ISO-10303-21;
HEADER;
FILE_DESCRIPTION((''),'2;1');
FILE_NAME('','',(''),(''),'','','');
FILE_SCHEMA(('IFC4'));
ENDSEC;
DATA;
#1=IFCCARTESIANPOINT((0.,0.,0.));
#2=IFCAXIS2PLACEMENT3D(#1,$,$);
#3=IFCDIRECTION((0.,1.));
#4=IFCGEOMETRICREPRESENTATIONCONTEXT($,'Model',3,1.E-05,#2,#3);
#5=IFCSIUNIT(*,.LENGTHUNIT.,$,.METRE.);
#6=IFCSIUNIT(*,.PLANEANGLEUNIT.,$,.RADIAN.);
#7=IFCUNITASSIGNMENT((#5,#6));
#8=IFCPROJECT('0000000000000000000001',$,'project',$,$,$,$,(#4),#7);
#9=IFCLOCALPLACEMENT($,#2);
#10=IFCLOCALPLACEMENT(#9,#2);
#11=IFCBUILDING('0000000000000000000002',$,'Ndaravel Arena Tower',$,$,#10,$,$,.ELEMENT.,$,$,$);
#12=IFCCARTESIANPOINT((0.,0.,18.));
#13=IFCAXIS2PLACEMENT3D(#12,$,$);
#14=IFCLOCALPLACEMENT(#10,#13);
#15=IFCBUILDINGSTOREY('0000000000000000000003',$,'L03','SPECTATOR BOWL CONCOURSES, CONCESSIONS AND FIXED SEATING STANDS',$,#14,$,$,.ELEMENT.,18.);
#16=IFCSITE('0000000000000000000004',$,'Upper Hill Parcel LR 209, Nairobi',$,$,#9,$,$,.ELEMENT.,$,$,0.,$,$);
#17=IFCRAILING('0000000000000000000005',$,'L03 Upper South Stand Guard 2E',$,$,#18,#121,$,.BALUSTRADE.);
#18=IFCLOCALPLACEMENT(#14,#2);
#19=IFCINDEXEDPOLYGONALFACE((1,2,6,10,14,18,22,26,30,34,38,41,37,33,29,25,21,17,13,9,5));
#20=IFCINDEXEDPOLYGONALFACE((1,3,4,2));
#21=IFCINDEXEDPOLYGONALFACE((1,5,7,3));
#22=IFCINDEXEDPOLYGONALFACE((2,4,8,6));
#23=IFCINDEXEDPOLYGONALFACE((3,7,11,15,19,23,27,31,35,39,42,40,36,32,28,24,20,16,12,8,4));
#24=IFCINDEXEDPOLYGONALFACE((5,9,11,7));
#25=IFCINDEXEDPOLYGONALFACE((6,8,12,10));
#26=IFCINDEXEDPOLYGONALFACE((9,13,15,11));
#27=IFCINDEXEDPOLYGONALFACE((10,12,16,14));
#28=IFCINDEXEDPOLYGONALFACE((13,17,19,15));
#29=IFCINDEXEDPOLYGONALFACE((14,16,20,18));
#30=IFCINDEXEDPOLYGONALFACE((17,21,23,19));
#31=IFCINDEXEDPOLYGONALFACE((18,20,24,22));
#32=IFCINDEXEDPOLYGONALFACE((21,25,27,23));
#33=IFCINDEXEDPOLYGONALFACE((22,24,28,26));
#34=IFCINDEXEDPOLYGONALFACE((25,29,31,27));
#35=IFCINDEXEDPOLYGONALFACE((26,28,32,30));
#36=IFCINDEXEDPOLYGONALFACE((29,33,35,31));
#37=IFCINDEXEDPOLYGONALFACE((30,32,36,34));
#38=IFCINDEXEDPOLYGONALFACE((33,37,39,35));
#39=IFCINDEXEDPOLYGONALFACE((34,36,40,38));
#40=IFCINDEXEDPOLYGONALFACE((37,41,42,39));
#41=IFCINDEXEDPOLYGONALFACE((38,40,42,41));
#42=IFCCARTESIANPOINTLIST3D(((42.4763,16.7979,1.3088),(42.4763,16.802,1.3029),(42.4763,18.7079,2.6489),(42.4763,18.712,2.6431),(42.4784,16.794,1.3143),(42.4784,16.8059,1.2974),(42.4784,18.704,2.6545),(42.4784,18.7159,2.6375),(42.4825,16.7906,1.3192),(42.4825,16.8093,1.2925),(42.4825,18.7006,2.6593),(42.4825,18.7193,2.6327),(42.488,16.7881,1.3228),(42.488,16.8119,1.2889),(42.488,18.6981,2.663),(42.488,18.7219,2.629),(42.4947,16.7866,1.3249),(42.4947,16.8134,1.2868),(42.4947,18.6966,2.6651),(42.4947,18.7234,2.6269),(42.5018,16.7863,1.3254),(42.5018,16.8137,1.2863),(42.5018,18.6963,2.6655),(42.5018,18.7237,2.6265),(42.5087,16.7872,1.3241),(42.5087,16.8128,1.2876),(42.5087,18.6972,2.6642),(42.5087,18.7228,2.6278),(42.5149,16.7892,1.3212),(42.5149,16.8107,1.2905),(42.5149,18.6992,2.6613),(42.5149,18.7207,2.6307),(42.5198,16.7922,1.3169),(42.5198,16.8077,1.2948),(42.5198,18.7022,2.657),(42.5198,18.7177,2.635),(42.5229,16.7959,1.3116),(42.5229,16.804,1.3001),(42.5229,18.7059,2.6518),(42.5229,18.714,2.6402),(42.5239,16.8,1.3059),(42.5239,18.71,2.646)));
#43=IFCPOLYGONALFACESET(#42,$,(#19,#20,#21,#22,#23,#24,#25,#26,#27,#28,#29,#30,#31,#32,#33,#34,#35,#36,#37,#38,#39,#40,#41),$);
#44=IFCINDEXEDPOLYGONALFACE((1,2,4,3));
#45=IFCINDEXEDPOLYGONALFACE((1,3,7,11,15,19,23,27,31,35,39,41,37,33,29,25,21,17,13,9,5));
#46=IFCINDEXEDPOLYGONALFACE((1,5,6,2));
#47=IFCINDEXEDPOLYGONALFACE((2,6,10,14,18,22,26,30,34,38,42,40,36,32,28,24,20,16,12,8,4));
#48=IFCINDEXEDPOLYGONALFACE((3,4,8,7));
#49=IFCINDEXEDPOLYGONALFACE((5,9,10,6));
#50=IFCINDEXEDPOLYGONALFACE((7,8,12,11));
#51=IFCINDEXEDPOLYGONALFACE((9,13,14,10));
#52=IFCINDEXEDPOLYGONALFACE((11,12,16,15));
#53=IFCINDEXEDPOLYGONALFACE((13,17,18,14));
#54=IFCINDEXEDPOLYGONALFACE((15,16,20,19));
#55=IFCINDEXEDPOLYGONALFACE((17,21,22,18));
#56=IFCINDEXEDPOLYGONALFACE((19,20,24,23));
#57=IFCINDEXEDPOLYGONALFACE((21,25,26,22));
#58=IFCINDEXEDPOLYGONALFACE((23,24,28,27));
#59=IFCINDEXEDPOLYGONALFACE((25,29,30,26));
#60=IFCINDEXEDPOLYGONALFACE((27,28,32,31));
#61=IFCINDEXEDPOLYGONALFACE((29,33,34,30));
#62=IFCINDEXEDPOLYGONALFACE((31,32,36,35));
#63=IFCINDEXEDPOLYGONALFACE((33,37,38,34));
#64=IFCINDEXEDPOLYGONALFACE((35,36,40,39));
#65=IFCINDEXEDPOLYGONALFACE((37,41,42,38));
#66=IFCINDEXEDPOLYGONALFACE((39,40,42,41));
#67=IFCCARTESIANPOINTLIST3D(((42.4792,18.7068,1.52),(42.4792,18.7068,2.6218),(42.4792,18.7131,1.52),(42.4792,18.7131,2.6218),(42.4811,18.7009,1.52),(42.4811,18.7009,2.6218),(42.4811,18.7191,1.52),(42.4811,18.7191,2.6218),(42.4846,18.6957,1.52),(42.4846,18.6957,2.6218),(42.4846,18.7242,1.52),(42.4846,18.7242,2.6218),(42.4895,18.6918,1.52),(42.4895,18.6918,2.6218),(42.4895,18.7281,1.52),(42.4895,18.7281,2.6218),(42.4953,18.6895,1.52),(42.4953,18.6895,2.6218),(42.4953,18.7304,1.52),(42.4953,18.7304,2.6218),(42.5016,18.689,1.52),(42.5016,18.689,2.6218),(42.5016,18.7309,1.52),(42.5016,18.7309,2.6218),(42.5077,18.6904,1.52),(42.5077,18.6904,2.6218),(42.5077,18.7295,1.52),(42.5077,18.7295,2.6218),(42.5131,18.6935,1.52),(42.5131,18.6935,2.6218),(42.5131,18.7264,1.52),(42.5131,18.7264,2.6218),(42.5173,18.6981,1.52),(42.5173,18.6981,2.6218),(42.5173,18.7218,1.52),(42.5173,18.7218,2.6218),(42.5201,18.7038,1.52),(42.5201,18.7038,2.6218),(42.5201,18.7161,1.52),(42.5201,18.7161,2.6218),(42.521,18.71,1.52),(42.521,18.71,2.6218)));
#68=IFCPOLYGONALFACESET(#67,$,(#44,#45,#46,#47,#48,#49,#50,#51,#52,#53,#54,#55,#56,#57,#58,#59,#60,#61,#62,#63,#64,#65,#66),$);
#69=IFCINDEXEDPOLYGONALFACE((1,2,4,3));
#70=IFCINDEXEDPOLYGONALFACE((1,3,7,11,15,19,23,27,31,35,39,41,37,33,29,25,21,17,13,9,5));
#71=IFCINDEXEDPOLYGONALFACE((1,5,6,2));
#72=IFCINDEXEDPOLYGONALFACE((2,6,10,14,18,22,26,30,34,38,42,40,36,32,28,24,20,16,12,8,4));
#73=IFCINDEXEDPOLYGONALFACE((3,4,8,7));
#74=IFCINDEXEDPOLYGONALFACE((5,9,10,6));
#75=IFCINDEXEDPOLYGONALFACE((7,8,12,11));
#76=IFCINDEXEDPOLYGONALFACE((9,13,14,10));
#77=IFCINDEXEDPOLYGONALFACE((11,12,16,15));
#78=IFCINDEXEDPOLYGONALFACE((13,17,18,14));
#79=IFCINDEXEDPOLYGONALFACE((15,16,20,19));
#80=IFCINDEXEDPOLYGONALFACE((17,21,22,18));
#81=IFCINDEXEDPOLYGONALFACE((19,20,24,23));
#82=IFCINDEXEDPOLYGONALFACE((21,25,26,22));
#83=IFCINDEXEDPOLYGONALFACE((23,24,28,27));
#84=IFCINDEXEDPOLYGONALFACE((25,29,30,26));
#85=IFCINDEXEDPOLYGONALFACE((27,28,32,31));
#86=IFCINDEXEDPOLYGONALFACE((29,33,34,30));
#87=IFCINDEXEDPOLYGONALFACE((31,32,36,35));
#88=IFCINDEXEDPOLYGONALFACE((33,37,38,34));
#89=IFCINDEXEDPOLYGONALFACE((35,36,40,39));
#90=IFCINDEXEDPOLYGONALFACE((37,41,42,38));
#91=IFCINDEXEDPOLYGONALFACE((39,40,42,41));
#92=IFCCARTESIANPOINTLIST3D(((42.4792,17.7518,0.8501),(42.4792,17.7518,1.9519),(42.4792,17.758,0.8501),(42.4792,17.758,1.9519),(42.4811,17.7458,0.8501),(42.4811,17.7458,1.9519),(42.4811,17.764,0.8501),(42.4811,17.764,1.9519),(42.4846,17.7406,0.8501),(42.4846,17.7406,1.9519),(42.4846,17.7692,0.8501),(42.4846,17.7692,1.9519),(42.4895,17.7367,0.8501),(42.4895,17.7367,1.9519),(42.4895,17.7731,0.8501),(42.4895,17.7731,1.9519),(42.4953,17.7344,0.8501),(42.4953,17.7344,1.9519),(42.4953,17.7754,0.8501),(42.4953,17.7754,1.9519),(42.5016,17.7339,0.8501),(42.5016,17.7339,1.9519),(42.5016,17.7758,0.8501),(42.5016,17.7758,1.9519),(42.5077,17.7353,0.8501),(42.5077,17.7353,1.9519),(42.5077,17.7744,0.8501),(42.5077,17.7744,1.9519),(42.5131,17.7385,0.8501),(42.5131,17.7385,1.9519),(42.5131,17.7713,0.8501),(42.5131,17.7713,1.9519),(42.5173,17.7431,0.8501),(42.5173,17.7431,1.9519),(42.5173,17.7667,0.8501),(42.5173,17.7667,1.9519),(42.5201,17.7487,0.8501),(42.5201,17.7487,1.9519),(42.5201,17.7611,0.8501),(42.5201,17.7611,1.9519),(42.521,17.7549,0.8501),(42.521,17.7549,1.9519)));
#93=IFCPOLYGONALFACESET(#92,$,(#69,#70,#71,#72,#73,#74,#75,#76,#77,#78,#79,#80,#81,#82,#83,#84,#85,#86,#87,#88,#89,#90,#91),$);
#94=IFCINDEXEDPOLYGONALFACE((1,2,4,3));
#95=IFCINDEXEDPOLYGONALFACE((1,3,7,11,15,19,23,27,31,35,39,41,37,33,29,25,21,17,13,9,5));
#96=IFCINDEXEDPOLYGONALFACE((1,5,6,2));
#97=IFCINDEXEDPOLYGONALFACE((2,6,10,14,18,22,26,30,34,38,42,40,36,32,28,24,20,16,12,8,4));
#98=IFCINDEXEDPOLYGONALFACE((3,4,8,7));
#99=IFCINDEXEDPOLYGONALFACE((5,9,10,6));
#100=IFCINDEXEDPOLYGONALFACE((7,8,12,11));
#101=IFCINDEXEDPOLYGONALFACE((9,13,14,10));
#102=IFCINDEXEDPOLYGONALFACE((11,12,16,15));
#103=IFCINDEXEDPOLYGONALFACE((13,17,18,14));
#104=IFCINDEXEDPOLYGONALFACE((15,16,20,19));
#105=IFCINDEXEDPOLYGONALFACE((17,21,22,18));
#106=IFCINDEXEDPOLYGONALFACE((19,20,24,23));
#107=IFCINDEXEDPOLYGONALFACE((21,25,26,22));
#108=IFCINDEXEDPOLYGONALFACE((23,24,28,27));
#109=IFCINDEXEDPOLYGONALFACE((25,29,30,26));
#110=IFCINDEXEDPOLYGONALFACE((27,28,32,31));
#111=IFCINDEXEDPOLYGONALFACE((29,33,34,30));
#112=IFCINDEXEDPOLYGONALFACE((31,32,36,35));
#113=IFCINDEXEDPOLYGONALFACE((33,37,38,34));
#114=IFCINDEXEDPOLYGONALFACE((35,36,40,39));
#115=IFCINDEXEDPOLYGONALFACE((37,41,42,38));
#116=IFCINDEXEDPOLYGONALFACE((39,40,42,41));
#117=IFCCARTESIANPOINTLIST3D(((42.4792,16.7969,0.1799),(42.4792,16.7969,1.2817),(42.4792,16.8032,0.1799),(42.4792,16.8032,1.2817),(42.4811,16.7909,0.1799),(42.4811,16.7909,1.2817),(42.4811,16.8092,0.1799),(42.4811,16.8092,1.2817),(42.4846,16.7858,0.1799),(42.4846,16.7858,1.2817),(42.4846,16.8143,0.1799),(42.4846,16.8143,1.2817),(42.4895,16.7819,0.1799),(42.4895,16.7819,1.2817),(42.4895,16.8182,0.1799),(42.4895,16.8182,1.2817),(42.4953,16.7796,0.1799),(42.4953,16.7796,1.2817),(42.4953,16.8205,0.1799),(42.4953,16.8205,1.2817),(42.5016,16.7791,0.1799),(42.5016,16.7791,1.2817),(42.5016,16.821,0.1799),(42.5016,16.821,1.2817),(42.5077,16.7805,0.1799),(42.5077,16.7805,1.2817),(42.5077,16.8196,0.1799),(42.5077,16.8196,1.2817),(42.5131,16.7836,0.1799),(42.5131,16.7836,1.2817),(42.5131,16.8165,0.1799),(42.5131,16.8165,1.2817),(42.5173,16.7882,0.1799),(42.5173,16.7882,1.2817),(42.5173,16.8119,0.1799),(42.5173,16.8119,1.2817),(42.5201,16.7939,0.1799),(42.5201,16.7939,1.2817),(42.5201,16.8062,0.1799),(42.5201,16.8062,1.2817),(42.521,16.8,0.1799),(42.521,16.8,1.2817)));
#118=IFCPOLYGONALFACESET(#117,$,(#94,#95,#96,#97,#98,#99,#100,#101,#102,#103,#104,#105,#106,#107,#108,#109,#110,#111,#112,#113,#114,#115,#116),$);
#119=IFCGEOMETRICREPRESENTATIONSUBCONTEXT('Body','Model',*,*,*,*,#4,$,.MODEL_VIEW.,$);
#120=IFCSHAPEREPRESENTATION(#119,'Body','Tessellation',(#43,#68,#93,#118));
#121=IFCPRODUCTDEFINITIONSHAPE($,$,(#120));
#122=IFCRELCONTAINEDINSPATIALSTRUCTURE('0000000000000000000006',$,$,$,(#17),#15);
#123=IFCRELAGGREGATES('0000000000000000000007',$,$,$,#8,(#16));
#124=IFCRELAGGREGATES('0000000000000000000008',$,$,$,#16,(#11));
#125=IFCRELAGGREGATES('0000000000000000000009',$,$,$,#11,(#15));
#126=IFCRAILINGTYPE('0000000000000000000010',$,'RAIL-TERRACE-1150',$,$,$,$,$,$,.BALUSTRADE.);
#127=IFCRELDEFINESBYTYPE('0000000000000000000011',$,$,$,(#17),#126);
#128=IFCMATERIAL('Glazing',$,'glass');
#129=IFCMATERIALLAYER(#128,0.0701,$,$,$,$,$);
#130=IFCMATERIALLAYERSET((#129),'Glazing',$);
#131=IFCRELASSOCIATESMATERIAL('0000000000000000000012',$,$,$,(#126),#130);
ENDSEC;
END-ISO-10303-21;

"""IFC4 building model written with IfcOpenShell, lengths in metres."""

from ifc_helpers import new_model, si_unit, direction, frame, origin, origin_2d, place, context, subcontext, project, spatial, circle, extrude, material, layer, layer_set, type_object, element, save


model = new_model("IFC4")

# Units and contexts
model_context = context("Model", 3, precision=1e-05, world=origin(), true_north=direction((0.0, 1.0)))
body_context = subcontext(model_context, "Body", "Model", "MODEL_VIEW")
ifc_project = project(units=[si_unit("LENGTHUNIT", "METRE"), si_unit("PLANEANGLEUNIT", "RADIAN")], contexts=[model_context])

# Site, building, storey
site_placement = place(None, origin())
site = spatial("IfcSite", under=ifc_project, at=site_placement, Name="Upper Hill Parcel LR 209, Nairobi", CompositionType="ELEMENT", RefElevation=0.0)
building_placement = place(site_placement, origin())
building = spatial("IfcBuilding", under=site, at=building_placement, Name="Ndaravel Arena Tower", CompositionType="ELEMENT")
storey_placement = place(building_placement, frame((0.0, 0.0, 18.0)))
storey = spatial("IfcBuildingStorey", under=building, at=storey_placement, Name="L03", Description="SPECTATOR BOWL CONCOURSES, CONCESSIONS AND FIXED SEATING STANDS", CompositionType="ELEMENT", Elevation=18.0)

# Railing
ifc_material_1 = material(Name="Glazing", Category="glass")
ifc_layer_1 = layer(ifc_material_1, 0.0701)
ifc_layer_set_1 = layer_set([ifc_layer_1], Name="Glazing")
railing_type = type_object("IfcRailingType", Name="RAIL-TERRACE-1150", PredefinedType="BALUSTRADE", material=ifc_layer_set_1)
railing_1_placement = place(storey_placement, frame((42.5, 18.71, 1.52)))
element("IfcRailing", 1, at=railing_1_placement, inside=storey, type_object=railing_type, Name="L03 Upper South Stand Guard 2E", PredefinedType="BALUSTRADE", context=body_context, shape_type="SweptSolid", body=[
    extrude(circle(Radius=0.0239, at=origin_2d()), frame((0.0, 0.0, 1.126), z_axis=(0.0, -0.818597, -0.574368), x_axis=(1.0, 0.0, 0.0)), (0.0, 0.0, 1.0), 2.3333),
    extrude(circle(Radius=0.021, at=origin_2d()), origin(), (0.0, 0.0, 1.0), 1.1018),
    extrude(circle(Radius=0.021, at=origin_2d()), frame((0.0, -0.9551, -0.6699)), (0.0, 0.0, 1.0), 1.1018),
    extrude(circle(Radius=0.021, at=origin_2d()), frame((0.0, -1.9099, -1.3401)), (0.0, 0.0, 1.0), 1.1018),
])

save(model, "model.ifc")
